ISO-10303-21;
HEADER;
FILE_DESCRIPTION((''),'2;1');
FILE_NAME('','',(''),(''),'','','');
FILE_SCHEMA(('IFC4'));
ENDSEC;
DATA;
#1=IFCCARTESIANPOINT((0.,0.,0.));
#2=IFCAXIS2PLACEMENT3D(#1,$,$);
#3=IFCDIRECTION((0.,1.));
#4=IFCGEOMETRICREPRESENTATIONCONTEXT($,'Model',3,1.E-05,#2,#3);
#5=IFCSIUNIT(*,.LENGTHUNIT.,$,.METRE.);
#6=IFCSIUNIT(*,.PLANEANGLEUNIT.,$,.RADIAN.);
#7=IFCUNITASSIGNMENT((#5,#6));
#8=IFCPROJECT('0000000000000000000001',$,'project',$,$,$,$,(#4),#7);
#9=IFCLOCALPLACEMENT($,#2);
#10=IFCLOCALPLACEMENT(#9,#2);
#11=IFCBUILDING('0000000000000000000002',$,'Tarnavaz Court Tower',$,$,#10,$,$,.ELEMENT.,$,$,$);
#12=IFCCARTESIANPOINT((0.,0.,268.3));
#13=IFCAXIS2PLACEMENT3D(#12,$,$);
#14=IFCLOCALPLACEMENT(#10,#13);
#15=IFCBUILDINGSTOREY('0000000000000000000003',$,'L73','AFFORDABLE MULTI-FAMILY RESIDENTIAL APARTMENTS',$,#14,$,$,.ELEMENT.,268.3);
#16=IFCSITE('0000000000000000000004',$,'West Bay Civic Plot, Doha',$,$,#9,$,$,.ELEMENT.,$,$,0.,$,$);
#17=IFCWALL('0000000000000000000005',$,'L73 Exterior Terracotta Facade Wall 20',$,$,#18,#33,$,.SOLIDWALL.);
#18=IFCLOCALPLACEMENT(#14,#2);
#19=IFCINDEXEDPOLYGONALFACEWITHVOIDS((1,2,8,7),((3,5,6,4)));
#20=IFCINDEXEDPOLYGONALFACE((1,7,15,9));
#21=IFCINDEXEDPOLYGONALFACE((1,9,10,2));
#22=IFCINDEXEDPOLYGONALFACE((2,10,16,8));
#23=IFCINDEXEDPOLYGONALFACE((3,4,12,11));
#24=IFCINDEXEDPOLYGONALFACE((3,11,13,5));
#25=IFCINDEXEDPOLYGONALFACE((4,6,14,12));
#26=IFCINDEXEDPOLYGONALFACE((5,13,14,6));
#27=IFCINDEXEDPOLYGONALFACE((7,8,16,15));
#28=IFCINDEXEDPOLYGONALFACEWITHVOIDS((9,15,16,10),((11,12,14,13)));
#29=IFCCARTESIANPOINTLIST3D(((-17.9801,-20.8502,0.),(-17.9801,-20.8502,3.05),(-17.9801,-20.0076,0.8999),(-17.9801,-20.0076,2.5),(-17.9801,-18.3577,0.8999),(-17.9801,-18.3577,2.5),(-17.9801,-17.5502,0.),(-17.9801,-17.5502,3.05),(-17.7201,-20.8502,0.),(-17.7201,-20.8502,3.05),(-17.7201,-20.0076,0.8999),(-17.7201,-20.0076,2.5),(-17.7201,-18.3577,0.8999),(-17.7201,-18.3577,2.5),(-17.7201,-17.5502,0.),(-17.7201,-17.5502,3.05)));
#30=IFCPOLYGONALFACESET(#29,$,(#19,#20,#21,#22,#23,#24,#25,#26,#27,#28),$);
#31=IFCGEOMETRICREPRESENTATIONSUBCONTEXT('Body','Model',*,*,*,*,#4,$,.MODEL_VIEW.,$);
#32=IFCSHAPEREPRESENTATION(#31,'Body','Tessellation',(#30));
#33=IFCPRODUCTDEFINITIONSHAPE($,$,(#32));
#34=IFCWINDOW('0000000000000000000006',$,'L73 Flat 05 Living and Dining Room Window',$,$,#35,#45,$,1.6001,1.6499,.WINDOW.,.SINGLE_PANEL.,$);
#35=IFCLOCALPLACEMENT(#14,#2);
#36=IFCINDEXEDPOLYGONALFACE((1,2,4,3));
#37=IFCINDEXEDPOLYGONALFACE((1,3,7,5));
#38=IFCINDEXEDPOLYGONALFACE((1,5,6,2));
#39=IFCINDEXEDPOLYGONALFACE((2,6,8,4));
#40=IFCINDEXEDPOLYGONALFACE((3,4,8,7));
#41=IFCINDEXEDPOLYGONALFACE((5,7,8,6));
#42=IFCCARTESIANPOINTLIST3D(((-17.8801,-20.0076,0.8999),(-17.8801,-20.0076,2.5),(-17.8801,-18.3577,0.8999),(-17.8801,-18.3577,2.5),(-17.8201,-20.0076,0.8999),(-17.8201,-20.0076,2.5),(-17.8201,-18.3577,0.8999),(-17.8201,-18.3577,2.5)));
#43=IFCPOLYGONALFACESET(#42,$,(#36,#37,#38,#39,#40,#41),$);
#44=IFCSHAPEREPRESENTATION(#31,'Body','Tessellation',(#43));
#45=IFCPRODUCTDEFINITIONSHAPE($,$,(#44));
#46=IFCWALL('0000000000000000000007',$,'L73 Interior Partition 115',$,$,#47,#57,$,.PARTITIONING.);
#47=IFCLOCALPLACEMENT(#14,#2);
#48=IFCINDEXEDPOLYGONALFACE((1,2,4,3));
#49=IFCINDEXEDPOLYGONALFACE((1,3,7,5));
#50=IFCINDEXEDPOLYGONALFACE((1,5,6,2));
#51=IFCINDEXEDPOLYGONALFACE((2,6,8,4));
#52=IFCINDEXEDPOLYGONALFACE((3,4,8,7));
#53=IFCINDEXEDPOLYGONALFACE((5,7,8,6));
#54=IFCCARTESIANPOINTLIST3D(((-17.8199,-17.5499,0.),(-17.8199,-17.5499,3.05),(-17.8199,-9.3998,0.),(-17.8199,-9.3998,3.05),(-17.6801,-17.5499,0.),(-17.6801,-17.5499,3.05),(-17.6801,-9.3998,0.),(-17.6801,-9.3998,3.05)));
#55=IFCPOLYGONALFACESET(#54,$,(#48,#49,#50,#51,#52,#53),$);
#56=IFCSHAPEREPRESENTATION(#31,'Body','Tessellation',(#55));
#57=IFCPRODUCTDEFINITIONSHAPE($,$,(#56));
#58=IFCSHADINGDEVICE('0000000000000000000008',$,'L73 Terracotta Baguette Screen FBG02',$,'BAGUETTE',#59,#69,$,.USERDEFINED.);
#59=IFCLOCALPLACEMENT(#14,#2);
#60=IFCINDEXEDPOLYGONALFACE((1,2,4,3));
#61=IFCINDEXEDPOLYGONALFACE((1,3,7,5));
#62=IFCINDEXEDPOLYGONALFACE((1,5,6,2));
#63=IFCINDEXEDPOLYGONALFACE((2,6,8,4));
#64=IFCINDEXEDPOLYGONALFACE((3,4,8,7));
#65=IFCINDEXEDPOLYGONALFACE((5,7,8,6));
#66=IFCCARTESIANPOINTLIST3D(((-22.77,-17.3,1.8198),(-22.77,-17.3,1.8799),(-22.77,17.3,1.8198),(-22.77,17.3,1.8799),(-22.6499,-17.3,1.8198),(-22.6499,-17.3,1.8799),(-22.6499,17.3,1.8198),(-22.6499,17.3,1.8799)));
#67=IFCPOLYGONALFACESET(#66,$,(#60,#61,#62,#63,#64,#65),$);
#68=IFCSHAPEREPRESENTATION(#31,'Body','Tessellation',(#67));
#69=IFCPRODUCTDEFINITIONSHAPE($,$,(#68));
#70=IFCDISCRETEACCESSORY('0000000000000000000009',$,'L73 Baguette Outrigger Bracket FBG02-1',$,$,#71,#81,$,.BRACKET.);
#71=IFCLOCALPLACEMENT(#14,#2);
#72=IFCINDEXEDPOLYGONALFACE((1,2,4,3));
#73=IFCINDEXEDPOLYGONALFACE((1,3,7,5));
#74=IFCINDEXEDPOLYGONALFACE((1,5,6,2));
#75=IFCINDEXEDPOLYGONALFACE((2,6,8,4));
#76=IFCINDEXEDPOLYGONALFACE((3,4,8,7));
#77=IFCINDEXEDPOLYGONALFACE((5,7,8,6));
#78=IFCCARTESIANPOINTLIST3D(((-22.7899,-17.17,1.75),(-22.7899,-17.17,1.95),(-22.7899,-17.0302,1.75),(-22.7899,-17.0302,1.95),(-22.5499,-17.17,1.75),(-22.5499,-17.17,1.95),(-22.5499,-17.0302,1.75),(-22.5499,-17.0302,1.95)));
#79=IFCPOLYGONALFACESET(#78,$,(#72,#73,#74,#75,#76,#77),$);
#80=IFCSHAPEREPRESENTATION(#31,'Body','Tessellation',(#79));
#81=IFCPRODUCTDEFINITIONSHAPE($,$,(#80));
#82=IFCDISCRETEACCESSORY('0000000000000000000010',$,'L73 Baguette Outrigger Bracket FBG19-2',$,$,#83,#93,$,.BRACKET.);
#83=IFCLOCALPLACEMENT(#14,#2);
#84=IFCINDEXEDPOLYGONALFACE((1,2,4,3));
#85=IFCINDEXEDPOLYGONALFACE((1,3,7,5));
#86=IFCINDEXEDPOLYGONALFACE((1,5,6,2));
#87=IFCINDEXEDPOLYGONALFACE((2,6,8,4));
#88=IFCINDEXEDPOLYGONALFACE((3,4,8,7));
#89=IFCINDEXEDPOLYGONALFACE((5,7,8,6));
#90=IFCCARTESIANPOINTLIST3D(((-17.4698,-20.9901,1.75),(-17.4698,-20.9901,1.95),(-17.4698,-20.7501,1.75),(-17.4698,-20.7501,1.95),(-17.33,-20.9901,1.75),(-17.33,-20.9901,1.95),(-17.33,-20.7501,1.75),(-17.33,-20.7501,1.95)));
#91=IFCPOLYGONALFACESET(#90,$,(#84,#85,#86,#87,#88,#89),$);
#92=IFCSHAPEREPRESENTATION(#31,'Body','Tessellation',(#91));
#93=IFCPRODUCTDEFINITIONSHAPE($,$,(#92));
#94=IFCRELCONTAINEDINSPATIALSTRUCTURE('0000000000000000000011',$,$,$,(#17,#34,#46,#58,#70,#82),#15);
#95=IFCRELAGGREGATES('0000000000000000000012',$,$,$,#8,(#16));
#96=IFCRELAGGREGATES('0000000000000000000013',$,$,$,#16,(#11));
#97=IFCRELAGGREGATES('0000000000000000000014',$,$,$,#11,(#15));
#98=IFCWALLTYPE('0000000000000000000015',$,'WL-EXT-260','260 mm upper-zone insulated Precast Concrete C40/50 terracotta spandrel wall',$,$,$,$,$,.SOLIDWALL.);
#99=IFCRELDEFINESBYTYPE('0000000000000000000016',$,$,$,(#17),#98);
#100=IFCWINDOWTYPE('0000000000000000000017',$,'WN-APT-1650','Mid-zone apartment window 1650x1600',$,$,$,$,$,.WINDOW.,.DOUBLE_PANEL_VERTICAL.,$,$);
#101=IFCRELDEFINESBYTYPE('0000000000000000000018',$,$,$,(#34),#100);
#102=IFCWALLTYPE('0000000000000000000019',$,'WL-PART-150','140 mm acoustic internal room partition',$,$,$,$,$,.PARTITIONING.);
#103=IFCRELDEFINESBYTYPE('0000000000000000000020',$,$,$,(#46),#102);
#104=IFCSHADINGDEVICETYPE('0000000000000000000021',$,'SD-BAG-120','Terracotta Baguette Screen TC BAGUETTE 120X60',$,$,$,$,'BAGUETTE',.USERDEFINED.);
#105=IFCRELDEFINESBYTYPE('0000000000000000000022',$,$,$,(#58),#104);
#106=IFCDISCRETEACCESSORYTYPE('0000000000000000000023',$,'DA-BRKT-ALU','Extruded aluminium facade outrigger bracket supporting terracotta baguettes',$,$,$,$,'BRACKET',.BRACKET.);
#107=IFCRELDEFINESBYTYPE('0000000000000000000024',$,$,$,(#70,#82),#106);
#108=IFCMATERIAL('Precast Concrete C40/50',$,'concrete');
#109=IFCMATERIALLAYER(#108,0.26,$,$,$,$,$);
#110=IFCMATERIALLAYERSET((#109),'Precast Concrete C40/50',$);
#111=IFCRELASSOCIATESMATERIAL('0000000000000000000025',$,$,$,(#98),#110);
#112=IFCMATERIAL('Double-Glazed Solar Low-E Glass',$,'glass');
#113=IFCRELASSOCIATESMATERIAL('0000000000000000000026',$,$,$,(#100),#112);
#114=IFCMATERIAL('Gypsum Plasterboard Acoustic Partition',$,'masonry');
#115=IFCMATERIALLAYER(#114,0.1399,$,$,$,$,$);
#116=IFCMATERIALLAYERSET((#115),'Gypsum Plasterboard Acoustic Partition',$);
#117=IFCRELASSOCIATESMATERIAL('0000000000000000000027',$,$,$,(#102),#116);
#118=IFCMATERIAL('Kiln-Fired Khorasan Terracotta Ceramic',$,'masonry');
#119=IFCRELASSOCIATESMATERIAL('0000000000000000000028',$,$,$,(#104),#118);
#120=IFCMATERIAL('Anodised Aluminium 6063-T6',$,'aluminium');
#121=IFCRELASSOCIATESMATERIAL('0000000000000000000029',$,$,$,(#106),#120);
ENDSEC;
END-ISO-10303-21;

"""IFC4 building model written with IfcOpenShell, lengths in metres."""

from ifc_helpers import new_model, si_unit, direction, frame, frame_2d, origin, origin_2d, place, context, subcontext, project, spatial, rectangle, extrude, material, layer, layer_set, material_profile, profile_set, type_object, element, fill, save


model = new_model("IFC4")

# Units and contexts
model_context = context("Model", 3, precision=1e-05, world=origin(), true_north=direction((0.0, 1.0)))
body_context = subcontext(model_context, "Body", "Model", "MODEL_VIEW")
ifc_project = project(units=[si_unit("LENGTHUNIT", "METRE"), si_unit("PLANEANGLEUNIT", "RADIAN")], contexts=[model_context])

# Site, building, storey
site_placement = place(None, origin())
site = spatial("IfcSite", under=ifc_project, at=site_placement, Name="West Bay Civic Plot, Doha", CompositionType="ELEMENT", RefElevation=0.0)
building_placement = place(site_placement, origin())
building = spatial("IfcBuilding", under=site, at=building_placement, Name="Tarnavaz Court Tower", CompositionType="ELEMENT")
storey_placement = place(building_placement, frame((0.0, 0.0, 268.3)))
storey = spatial("IfcBuildingStorey", under=building, at=storey_placement, Name="L73", Description="AFFORDABLE MULTI-FAMILY RESIDENTIAL APARTMENTS", CompositionType="ELEMENT", Elevation=268.3)

# Shared definitions
ifc_material_1 = material(Name="Precast Concrete C40/50", Category="concrete")
ifc_layer_1 = layer(ifc_material_1, 0.26)
ifc_layer_set_1 = layer_set([ifc_layer_1], Name="Precast Concrete C40/50")
wall_type_1 = type_object("IfcWallType", Name="WL-EXT-260", Description="260 mm upper-zone insulated Precast Concrete C40/50 terracotta spandrel wall", PredefinedType="SOLIDWALL", material=ifc_layer_set_1)
ifc_material_2 = material(Name="Double-Glazed Solar Low-E Glass", Category="glass")

# Shared definitions
window_type_1 = type_object("IfcWindowType", Name="WN-APT-1650", Description="Mid-zone apartment window 1650x1600", PartitioningType="DOUBLE_PANEL_VERTICAL", PredefinedType="WINDOW", material=ifc_material_2)

# Wall, opening, window
wall_1_placement = place(storey_placement, frame((-17.8501, -20.8501, 0.0), z_axis=(0.0, 0.0, 1.0), x_axis=(0.0, 1.0, 0.0)))
wall_1 = element("IfcWall", 1, at=wall_1_placement, inside=storey, type_object=wall_type_1, Name="L73 Exterior Terracotta Facade Wall 20", PredefinedType="SOLIDWALL", context=body_context, shape_type="SweptSolid", body=[
    extrude(rectangle(XDim=3.3, YDim=0.26, at=frame_2d((1.6499, 0.0))), origin(), (0.0, 0.0, 1.0), 3.05),
])
opening_1_placement = place(wall_1_placement, frame((0.8425, 0.0, 0.8999)))
opening_1 = element("IfcOpeningElement", 2, at=opening_1_placement, cuts=wall_1, PredefinedType="OPENING", context=body_context, shape_type="SweptSolid", body=[
    extrude(rectangle(XDim=1.6499, YDim=1.6001, at=frame_2d((0.825, 0.8))), frame((0.0, 0.1399, 0.0), z_axis=(0.0, -1.0, 0.0), x_axis=(1.0, 0.0, 0.0)), (0.0, 0.0, 1.0), 0.28),
])
window_1_placement = place(opening_1_placement, origin())
window_1 = element("IfcWindow", 3, at=window_1_placement, inside=storey, type_object=window_type_1, Name="L73 Flat 05 Living and Dining Room Window", OverallHeight=1.6001, OverallWidth=1.6499, PartitioningType="SINGLE_PANEL", PredefinedType="WINDOW", context=body_context, shape_type="SweptSolid", body=[
    extrude(rectangle(XDim=1.6499, YDim=1.6001, at=frame_2d((0.825, 0.8))), frame((0.0, 0.03, 0.0), z_axis=(0.0, -1.0, 0.0), x_axis=(1.0, 0.0, 0.0)), (0.0, 0.0, 1.0), 0.0601),
])
fill(opening_1, window_1)

# Wall
ifc_material_3 = material(Name="Gypsum Plasterboard Acoustic Partition", Category="masonry")
ifc_layer_2 = layer(ifc_material_3, 0.1399)
ifc_layer_set_2 = layer_set([ifc_layer_2], Name="Gypsum Plasterboard Acoustic Partition")
wall_type_2 = type_object("IfcWallType", Name="WL-PART-150", Description="140 mm acoustic internal room partition", PredefinedType="PARTITIONING", material=ifc_layer_set_2)
wall_2_placement = place(storey_placement, frame((-17.75, -17.55, 0.0), z_axis=(0.0, 0.0, 1.0), x_axis=(0.0, 1.0, 0.0)))
element("IfcWall", 4, at=wall_2_placement, inside=storey, type_object=wall_type_2, Name="L73 Interior Partition 115", PredefinedType="PARTITIONING", context=body_context, shape_type="SweptSolid", body=[
    extrude(rectangle(XDim=8.1501, YDim=0.1399, at=frame_2d((4.0752, 0.0))), origin(), (0.0, 0.0, 1.0), 3.05),
])

# Shading device
ifc_material_4 = material(Name="Kiln-Fired Khorasan Terracotta Ceramic", Category="masonry")
ifc_material_profile_1 = material_profile(ifc_material_4, rectangle(XDim=0.1201, YDim=0.0601, at=origin_2d()), Name="TC BAGUETTE 120X60")
ifc_profile_set_1 = profile_set([ifc_material_profile_1], Name="Kiln-Fired Khorasan Terracotta Ceramic")
shading_device_type = type_object("IfcShadingDeviceType", Name="SD-BAG-120", Description="Terracotta Baguette Screen TC BAGUETTE 120X60", ElementType="BAGUETTE", PredefinedType="USERDEFINED", material=ifc_profile_set_1)
shading_device_placement = place(storey_placement, frame((-22.71, -17.3, 1.8499), z_axis=(0.0, 1.0, 0.0), x_axis=(-1.0, 0.0, 0.0)))
element("IfcShadingDevice", 5, at=shading_device_placement, inside=storey, type_object=shading_device_type, Name="L73 Terracotta Baguette Screen FBG02", ObjectType="BAGUETTE", PredefinedType="USERDEFINED", context=body_context, shape_type="SweptSolid", body=[
    extrude(rectangle(XDim=0.1201, YDim=0.0601, at=origin_2d()), origin(), (0.0, 0.0, 1.0), 34.6001),
])

# Discrete accessories
ifc_material_5 = material(Name="Anodised Aluminium 6063-T6", Category="aluminium")
discrete_accessory_type = type_object("IfcDiscreteAccessoryType", Name="DA-BRKT-ALU", Description="Extruded aluminium facade outrigger bracket supporting terracotta baguettes", ElementType="BRACKET", PredefinedType="BRACKET", material=ifc_material_5)
for number, where, z_axis, x_axis, name in (
    (6, (-22.6699, -17.1001, 1.75), (0.0, 0.0, 1.0), (0.0, 1.0, 0.0), "L73 Baguette Outrigger Bracket FBG02-1"),
    (7, (-17.3999, -20.8701, 1.75), (0.0, 0.0, 1.0), (-1.0, 0.0, 0.0), "L73 Baguette Outrigger Bracket FBG19-2"),
):
    element("IfcDiscreteAccessory", number, at=place(storey_placement, frame(where, z_axis=z_axis, x_axis=x_axis)), inside=storey, type_object=discrete_accessory_type, Name=name, PredefinedType="BRACKET", context=body_context, shape_type="SweptSolid", body=[
        extrude(rectangle(XDim=0.1399, YDim=0.24, at=origin_2d()), origin(), (0.0, 0.0, 1.0), 0.2),
    ])

save(model, "model.ifc")
